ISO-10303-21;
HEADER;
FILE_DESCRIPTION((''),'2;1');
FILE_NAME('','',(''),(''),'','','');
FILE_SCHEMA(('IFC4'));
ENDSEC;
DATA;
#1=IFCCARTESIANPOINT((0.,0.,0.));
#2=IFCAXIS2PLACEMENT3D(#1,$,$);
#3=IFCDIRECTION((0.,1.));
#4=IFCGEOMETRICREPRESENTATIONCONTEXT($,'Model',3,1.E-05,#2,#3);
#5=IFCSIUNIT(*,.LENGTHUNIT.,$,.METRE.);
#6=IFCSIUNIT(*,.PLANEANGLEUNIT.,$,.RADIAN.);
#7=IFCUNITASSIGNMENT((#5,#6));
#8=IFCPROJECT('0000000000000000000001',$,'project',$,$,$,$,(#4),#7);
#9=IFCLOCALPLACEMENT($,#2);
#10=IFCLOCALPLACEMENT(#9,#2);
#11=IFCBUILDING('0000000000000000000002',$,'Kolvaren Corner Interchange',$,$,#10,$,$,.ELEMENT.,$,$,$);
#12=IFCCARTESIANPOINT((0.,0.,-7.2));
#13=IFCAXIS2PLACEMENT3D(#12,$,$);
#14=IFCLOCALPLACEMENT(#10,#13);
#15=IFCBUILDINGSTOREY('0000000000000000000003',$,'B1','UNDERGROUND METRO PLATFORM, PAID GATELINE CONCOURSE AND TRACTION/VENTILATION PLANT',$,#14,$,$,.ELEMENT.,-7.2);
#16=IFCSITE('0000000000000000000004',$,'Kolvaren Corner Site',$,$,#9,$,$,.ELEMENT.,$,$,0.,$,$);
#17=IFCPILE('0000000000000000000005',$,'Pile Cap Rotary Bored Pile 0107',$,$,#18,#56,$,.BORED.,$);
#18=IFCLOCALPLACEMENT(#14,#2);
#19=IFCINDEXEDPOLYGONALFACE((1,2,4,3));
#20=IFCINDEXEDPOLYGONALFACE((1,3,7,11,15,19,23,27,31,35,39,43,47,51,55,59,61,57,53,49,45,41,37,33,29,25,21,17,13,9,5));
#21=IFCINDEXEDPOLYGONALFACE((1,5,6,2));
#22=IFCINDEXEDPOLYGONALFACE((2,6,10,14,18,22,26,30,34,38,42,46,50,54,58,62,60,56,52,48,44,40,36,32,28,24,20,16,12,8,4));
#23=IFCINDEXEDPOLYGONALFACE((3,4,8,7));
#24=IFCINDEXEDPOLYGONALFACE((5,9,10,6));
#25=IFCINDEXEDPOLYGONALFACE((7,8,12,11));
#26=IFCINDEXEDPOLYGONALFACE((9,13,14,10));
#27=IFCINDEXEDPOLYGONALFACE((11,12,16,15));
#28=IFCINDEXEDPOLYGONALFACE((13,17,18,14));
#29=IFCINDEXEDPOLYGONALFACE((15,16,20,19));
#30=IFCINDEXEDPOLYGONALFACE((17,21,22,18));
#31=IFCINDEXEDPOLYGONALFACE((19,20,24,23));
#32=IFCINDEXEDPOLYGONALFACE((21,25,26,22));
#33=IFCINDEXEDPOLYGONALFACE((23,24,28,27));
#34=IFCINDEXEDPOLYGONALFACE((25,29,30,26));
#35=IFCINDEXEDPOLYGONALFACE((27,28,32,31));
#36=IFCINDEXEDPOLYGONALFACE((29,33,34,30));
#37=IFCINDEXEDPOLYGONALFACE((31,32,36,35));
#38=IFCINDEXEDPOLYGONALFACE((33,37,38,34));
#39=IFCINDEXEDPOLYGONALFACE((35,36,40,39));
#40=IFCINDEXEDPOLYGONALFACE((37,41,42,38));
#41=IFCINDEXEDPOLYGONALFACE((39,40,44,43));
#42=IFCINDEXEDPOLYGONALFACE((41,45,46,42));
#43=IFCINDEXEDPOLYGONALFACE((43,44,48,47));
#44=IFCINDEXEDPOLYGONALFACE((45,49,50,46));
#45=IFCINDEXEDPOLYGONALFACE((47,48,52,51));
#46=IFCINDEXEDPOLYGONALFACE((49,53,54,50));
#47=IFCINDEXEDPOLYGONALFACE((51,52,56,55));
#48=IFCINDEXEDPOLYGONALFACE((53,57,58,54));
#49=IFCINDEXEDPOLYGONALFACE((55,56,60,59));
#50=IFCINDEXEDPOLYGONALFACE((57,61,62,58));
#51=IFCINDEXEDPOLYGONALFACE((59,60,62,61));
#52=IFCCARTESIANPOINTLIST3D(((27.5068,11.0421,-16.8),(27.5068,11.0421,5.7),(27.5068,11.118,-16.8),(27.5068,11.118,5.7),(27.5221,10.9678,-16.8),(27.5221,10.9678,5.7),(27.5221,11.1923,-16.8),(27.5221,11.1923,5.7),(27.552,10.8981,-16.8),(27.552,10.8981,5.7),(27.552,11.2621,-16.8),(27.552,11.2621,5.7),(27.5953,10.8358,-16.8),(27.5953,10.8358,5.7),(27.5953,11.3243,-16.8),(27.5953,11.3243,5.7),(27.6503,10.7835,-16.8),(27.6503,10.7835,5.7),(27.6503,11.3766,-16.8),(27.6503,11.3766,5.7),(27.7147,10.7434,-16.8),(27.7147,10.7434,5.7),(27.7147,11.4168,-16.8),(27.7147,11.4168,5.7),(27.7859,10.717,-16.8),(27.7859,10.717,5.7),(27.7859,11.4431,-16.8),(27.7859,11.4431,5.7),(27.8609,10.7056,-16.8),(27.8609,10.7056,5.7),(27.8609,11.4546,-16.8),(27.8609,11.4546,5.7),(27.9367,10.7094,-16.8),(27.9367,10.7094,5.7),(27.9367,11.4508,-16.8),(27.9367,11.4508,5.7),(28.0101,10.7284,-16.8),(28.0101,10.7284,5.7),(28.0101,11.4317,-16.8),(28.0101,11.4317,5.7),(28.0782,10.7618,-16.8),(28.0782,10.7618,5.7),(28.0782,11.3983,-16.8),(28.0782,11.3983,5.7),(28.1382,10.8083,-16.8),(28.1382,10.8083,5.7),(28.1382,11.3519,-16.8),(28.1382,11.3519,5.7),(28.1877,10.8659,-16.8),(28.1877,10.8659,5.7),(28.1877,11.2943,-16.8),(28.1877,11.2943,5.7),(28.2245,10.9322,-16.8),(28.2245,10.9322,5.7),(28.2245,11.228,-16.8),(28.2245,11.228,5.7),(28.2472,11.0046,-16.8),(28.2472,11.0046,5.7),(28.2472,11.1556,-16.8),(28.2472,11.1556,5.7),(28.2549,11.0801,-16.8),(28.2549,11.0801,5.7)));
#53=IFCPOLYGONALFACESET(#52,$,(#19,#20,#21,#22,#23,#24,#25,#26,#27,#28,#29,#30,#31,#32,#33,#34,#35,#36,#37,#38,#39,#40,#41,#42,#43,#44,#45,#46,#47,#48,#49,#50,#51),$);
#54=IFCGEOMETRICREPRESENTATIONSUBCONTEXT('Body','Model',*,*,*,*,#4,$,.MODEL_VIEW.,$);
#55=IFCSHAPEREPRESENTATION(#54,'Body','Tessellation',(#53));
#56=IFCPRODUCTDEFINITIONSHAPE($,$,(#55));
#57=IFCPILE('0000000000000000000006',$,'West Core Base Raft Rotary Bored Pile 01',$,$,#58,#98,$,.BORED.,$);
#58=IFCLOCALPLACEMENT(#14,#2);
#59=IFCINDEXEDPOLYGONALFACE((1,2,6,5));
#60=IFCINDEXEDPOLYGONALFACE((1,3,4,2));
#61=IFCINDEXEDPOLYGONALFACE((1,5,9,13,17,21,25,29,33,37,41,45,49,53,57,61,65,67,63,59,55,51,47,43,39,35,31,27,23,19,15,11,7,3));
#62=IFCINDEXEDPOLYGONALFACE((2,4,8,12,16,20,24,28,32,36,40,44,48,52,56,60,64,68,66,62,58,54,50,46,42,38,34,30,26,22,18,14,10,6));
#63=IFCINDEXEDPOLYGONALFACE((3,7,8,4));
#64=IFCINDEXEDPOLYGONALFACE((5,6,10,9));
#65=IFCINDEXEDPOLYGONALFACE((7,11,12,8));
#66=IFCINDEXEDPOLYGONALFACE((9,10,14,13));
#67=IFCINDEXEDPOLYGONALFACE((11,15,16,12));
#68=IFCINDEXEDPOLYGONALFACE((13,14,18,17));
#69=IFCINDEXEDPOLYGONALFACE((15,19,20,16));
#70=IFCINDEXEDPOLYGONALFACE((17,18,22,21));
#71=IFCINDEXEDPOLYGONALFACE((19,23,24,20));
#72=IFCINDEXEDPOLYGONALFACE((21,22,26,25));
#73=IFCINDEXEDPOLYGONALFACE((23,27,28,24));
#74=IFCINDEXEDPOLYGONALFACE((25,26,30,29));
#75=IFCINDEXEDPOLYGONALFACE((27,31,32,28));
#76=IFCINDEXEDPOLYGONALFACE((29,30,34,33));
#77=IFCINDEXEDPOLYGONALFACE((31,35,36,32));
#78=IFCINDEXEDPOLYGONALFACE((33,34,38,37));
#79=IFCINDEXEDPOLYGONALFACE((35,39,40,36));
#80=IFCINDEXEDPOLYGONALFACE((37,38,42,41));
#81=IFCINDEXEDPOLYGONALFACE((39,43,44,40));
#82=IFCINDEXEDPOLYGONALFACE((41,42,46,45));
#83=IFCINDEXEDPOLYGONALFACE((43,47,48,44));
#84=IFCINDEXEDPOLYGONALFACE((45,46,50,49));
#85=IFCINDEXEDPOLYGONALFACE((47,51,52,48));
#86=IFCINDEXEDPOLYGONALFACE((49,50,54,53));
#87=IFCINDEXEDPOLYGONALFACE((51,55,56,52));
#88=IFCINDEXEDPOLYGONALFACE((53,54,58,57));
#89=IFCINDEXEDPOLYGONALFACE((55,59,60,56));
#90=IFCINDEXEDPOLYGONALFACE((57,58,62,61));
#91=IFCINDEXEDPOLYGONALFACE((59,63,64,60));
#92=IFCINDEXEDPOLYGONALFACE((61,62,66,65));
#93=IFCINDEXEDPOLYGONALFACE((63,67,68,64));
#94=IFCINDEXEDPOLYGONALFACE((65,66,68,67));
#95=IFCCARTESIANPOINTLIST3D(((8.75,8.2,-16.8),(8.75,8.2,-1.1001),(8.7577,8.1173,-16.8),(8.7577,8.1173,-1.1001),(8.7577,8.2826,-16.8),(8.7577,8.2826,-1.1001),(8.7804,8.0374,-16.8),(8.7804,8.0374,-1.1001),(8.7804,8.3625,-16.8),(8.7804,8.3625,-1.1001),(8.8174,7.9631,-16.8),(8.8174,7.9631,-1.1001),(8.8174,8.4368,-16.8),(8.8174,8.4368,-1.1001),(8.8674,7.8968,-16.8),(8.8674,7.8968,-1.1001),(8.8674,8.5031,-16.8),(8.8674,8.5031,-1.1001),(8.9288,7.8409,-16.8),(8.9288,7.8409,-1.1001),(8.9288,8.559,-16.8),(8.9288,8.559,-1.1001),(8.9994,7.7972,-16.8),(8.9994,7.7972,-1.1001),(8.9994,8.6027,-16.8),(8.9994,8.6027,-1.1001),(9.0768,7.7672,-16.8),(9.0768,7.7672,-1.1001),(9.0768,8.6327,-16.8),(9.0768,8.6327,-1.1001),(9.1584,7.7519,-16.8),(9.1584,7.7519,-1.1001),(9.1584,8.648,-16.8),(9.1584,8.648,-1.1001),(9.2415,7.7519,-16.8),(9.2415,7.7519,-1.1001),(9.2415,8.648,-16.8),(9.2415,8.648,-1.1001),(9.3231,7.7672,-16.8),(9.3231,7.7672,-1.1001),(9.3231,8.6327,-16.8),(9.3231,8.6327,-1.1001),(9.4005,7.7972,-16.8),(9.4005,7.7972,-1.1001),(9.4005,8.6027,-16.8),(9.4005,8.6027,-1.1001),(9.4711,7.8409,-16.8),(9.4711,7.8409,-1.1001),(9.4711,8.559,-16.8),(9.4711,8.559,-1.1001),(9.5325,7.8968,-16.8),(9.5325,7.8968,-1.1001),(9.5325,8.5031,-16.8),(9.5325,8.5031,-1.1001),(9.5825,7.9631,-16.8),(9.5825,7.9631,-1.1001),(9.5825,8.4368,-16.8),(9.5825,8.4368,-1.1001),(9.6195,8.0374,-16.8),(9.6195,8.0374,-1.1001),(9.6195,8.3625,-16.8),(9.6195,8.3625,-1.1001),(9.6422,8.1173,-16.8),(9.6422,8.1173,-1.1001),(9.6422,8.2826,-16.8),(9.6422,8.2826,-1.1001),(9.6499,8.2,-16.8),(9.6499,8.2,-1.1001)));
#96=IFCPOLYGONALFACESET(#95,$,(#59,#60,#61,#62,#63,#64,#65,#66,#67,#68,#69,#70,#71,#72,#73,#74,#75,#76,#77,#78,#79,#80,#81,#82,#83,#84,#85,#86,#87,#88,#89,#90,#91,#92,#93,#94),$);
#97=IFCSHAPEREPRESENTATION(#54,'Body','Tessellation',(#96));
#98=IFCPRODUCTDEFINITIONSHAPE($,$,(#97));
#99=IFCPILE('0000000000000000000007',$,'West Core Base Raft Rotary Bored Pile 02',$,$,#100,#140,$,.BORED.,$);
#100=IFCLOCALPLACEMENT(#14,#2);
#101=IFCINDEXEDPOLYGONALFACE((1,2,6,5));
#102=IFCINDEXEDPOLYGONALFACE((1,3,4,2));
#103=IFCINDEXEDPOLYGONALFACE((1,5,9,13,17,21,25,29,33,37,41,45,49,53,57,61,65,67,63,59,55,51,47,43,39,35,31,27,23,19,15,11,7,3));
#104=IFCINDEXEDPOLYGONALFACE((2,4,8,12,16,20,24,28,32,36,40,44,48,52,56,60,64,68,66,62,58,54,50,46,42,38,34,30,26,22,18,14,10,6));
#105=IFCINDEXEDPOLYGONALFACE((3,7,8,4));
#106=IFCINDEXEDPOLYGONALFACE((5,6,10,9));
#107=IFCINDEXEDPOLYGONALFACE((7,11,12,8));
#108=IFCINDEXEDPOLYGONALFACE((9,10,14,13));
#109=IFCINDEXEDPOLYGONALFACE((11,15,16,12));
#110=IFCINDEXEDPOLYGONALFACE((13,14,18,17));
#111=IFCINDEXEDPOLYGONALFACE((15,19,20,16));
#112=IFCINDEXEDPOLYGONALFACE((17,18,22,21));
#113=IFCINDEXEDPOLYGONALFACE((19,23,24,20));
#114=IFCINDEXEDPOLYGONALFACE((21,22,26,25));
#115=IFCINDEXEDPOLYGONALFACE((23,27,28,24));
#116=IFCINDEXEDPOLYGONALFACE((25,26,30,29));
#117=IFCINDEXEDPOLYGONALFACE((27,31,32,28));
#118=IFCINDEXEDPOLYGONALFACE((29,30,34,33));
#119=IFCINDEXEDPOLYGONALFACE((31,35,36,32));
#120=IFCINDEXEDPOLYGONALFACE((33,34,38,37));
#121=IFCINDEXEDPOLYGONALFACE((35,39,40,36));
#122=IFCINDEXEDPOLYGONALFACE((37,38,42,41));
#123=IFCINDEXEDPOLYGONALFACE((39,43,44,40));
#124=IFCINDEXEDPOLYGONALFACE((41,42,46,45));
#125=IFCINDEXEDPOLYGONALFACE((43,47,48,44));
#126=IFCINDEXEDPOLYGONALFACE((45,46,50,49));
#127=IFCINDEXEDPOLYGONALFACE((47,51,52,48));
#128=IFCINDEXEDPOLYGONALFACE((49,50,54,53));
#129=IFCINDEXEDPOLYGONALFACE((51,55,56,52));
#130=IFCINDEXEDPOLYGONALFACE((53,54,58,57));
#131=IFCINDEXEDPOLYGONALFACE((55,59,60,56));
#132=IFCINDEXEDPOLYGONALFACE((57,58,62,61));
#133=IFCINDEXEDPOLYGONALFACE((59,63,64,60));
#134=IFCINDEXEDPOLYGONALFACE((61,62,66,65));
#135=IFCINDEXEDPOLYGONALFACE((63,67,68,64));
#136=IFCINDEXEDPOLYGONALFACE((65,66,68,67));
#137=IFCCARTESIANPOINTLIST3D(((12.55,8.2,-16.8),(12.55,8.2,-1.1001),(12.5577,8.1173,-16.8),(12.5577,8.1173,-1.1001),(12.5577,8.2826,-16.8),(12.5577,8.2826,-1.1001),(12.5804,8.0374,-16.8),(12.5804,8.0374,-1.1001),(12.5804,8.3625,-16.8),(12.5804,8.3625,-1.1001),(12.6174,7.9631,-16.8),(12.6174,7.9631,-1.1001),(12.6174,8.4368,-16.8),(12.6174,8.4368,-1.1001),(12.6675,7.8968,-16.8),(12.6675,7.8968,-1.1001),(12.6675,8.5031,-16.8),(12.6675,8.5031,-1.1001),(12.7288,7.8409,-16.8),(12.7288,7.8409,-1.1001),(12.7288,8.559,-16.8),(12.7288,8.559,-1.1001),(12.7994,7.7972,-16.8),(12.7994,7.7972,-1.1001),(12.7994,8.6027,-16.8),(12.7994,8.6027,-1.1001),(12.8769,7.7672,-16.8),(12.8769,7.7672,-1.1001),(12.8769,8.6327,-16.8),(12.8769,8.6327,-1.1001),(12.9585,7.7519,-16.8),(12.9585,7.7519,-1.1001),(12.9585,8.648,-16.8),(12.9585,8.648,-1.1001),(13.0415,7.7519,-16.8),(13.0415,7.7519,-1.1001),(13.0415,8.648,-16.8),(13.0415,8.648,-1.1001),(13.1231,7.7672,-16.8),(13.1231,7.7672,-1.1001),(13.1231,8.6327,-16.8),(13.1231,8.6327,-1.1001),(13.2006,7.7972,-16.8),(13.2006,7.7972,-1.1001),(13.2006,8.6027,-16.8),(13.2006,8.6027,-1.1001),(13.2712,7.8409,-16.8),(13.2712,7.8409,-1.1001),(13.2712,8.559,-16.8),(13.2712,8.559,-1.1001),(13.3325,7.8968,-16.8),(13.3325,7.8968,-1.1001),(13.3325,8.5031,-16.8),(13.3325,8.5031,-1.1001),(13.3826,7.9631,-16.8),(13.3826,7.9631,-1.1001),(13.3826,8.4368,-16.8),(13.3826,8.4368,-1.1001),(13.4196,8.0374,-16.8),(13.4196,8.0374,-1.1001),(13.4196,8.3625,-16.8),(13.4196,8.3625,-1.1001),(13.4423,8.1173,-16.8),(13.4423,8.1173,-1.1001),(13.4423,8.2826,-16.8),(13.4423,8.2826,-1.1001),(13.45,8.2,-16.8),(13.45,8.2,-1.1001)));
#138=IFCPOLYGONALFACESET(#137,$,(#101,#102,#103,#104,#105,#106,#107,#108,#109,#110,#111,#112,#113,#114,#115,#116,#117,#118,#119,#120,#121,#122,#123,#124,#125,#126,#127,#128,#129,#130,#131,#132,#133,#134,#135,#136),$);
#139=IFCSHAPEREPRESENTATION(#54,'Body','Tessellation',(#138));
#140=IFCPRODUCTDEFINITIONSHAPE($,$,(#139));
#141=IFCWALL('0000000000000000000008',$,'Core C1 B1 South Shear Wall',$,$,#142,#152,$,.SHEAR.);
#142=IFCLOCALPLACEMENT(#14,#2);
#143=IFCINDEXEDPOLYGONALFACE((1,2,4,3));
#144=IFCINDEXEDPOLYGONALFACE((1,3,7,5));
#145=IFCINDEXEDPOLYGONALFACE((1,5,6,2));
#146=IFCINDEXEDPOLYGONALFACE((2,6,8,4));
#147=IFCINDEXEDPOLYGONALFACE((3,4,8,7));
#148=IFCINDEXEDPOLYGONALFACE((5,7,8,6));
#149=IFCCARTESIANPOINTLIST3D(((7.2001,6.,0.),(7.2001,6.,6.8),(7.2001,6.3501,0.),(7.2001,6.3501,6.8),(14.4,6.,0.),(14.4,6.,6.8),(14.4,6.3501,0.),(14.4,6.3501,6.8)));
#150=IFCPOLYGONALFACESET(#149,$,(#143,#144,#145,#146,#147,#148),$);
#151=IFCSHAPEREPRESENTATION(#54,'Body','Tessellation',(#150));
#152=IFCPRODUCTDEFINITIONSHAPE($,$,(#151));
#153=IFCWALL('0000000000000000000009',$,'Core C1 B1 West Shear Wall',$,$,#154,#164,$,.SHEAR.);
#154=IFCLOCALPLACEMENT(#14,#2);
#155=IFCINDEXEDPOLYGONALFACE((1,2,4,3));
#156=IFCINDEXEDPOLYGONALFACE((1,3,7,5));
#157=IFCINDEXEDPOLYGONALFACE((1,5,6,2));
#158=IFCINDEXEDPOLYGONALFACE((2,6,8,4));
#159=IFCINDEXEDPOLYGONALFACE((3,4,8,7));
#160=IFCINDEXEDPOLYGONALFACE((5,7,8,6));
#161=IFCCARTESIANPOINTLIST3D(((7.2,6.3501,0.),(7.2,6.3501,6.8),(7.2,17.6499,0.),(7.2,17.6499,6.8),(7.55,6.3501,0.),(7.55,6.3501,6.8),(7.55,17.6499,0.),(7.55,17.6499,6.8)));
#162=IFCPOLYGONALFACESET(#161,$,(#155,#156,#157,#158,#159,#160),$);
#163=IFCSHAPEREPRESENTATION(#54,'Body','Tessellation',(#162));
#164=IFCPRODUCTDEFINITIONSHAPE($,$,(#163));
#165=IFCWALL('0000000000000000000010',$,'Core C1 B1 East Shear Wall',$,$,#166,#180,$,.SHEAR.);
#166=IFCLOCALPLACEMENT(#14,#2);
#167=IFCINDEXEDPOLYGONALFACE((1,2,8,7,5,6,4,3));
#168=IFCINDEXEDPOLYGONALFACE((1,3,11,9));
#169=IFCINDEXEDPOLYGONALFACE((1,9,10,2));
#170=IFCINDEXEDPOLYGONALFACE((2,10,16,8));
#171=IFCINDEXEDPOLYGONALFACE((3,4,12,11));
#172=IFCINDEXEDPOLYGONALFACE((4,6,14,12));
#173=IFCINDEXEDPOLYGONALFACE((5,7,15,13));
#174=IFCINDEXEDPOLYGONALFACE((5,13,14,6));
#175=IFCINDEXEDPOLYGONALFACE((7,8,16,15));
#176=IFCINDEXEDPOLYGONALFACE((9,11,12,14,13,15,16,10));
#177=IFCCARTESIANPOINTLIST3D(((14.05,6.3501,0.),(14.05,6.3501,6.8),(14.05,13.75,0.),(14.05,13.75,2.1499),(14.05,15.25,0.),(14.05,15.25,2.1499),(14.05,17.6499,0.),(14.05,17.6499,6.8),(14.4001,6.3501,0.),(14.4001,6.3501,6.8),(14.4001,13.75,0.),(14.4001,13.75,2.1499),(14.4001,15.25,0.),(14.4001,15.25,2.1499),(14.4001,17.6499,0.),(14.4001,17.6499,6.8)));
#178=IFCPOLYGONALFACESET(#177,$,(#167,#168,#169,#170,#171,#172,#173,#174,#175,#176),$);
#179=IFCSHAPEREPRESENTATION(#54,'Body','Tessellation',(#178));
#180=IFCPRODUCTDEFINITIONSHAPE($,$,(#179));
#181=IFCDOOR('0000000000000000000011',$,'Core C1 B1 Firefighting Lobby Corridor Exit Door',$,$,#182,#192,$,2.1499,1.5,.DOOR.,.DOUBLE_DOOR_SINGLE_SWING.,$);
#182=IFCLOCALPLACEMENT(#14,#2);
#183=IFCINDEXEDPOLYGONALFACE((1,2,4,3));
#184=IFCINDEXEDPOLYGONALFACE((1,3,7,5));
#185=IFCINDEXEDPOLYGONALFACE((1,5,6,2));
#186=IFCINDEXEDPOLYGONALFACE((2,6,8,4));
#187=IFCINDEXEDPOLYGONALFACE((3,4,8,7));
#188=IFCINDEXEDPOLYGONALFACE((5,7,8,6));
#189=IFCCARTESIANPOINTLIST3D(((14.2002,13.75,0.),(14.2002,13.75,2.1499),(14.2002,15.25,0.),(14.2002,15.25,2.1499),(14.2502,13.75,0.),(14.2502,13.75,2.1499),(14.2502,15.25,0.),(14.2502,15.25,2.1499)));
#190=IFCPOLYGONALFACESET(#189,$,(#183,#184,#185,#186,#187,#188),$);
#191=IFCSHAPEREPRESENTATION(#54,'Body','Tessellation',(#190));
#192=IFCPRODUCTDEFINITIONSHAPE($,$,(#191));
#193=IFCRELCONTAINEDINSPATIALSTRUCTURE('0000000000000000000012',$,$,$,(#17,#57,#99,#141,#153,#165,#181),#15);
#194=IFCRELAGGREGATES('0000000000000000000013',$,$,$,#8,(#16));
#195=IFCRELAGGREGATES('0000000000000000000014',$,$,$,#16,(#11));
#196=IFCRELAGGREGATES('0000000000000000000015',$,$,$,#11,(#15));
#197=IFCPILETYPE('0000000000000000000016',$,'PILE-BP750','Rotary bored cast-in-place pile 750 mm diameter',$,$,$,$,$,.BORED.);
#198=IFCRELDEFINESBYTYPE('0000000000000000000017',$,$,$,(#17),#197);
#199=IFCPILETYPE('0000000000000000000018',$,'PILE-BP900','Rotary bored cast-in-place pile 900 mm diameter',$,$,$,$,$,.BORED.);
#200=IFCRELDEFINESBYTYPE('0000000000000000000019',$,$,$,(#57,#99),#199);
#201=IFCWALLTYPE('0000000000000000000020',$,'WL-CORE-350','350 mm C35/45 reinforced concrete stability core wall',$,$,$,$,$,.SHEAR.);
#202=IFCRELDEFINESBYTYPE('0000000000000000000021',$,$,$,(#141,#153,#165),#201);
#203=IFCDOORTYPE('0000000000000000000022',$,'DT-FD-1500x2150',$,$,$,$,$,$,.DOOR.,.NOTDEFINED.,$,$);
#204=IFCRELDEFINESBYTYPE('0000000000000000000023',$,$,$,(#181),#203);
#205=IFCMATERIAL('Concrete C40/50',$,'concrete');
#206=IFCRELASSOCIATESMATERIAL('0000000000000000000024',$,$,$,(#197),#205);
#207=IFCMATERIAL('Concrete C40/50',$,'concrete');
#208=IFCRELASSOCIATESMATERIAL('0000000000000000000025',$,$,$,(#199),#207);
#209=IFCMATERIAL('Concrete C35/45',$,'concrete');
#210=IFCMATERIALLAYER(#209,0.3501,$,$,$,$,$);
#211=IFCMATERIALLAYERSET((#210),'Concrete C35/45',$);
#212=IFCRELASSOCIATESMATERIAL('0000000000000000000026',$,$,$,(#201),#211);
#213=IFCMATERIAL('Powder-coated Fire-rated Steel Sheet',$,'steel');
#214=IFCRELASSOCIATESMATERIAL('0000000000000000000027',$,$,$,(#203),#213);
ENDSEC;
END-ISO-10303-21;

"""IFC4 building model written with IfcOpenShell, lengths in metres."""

from ifc_helpers import new_model, si_unit, direction, frame, frame_2d, origin, origin_2d, place, context, subcontext, project, spatial, rectangle, circle, extrude, material, layer, layer_set, material_profile, profile_set, type_object, element, fill, save


model = new_model("IFC4")

# Units and contexts
model_context = context("Model", 3, precision=1e-05, world=origin(), true_north=direction((0.0, 1.0)))
body_context = subcontext(model_context, "Body", "Model", "MODEL_VIEW")
ifc_project = project(units=[si_unit("LENGTHUNIT", "METRE"), si_unit("PLANEANGLEUNIT", "RADIAN")], contexts=[model_context])

# Site, building, storey
site_placement = place(None, origin())
site = spatial("IfcSite", under=ifc_project, at=site_placement, Name="Kolvaren Corner Site", CompositionType="ELEMENT", RefElevation=0.0)
building_placement = place(site_placement, origin())
building = spatial("IfcBuilding", under=site, at=building_placement, Name="Kolvaren Corner Interchange", CompositionType="ELEMENT")
storey_placement = place(building_placement, frame((0.0, 0.0, -7.2)))
storey = spatial("IfcBuildingStorey", under=building, at=storey_placement, Name="B1", Description="UNDERGROUND METRO PLATFORM, PAID GATELINE CONCOURSE AND TRACTION/VENTILATION PLANT", CompositionType="ELEMENT", Elevation=-7.2)

# Piles
ifc_material_1 = material(Name="Concrete C40/50", Category="concrete")
ifc_material_profile_1 = material_profile(ifc_material_1, circle(Radius=0.375, at=origin_2d()), Name="BORED PILE 750")
ifc_profile_set_1 = profile_set([ifc_material_profile_1], Name="Concrete C40/50")
pile_type_1 = type_object("IfcPileType", Name="PILE-BP750", Description="Rotary bored cast-in-place pile 750 mm diameter", PredefinedType="BORED", material=ifc_profile_set_1)
for number, where, z_axis, x_axis, name in (
    (1, (27.8799, 11.0801, 5.7), (0.0, 0.0, -1.0), (1.0, 0.0, 0.0), "Pile Cap Rotary Bored Pile 0107"),
):
    element("IfcPile", number, at=place(storey_placement, frame(where, z_axis=z_axis, x_axis=x_axis)), inside=storey, type_object=pile_type_1, Name=name, PredefinedType="BORED", context=body_context, shape_type="SweptSolid", body=[
        extrude(circle(Radius=0.375, at=origin_2d()), origin(), (0.0, 0.0, 1.0), 22.5),
    ])
ifc_material_2 = material(Name="Concrete C40/50", Category="concrete")
ifc_material_profile_2 = material_profile(ifc_material_2, circle(Radius=0.45, at=origin_2d()), Name="BORED PILE 900")
ifc_profile_set_2 = profile_set([ifc_material_profile_2], Name="Concrete C40/50")
pile_type_2 = type_object("IfcPileType", Name="PILE-BP900", Description="Rotary bored cast-in-place pile 900 mm diameter", PredefinedType="BORED", material=ifc_profile_set_2)
for number, where, z_axis, x_axis, name in (
    (2, (9.2, 8.2, -1.1001), (0.0, 0.0, -1.0), (1.0, 0.0, 0.0), "West Core Base Raft Rotary Bored Pile 01"),
    (3, (13.0, 8.2, -1.1001), (0.0, 0.0, -1.0), (1.0, 0.0, 0.0), "West Core Base Raft Rotary Bored Pile 02"),
):
    element("IfcPile", number, at=place(storey_placement, frame(where, z_axis=z_axis, x_axis=x_axis)), inside=storey, type_object=pile_type_2, Name=name, PredefinedType="BORED", context=body_context, shape_type="SweptSolid", body=[
        extrude(circle(Radius=0.45, at=origin_2d()), origin(), (0.0, 0.0, 1.0), 15.7),
    ])

# Walls
ifc_material_3 = material(Name="Concrete C35/45", Category="concrete")
ifc_layer_1 = layer(ifc_material_3, 0.3501)
ifc_layer_set_1 = layer_set([ifc_layer_1], Name="Concrete C35/45")
wall_type_1 = type_object("IfcWallType", Name="WL-CORE-350", Description="350 mm C35/45 reinforced concrete stability core wall", PredefinedType="SHEAR", material=ifc_layer_set_1)
wall_1_placement = place(storey_placement, frame((7.2, 6.175, 0.0), z_axis=(0.0, 0.0, 1.0), x_axis=(1.0, 0.0, 0.0)))
element("IfcWall", 4, at=wall_1_placement, inside=storey, type_object=wall_type_1, Name="Core C1 B1 South Shear Wall", PredefinedType="SHEAR", context=body_context, shape_type="SweptSolid", body=[
    extrude(rectangle(XDim=7.2, YDim=0.3501, at=frame_2d((3.6001, 0.0))), origin(), (0.0, 0.0, 1.0), 6.8),
])
wall_2_placement = place(storey_placement, frame((7.375, 6.3501, 0.0), z_axis=(0.0, 0.0, 1.0), x_axis=(0.0, 1.0, 0.0)))
element("IfcWall", 5, at=wall_2_placement, inside=storey, type_object=wall_type_1, Name="Core C1 B1 West Shear Wall", PredefinedType="SHEAR", context=body_context, shape_type="SweptSolid", body=[
    extrude(rectangle(XDim=11.2998, YDim=0.3501, at=frame_2d((5.6499, 0.0))), origin(), (0.0, 0.0, 1.0), 6.8),
])

# Wall, opening, door
wall_3_placement = place(storey_placement, frame((14.2251, 6.3501, 0.0), z_axis=(0.0, 0.0, 1.0), x_axis=(0.0, 1.0, 0.0)))
wall_3 = element("IfcWall", 6, at=wall_3_placement, inside=storey, type_object=wall_type_1, Name="Core C1 B1 East Shear Wall", PredefinedType="SHEAR", context=body_context, shape_type="SweptSolid", body=[
    extrude(rectangle(XDim=11.2998, YDim=0.3501, at=frame_2d((5.6499, 0.0))), origin(), (0.0, 0.0, 1.0), 6.8),
])
opening_1_placement = place(wall_3_placement, frame((7.3999, 0.0, 0.0)))
opening_1 = element("IfcOpeningElement", 7, at=opening_1_placement, cuts=wall_3, PredefinedType="OPENING", context=body_context, shape_type="SweptSolid", body=[
    extrude(rectangle(XDim=1.5, YDim=2.1499, at=frame_2d((0.75, 1.075))), frame((0.0, 0.1851, 0.0), z_axis=(0.0, -1.0, 0.0), x_axis=(1.0, 0.0, 0.0)), (0.0, 0.0, 1.0), 0.3701),
])
ifc_material_4 = material(Name="Powder-coated Fire-rated Steel Sheet", Category="steel")
door_type_1 = type_object("IfcDoorType", Name="DT-FD-1500x2150", OperationType="NOTDEFINED", PredefinedType="DOOR", material=ifc_material_4)
door_1_placement = place(opening_1_placement, origin())
door_1 = element("IfcDoor", 8, at=door_1_placement, inside=storey, type_object=door_type_1, Name="Core C1 B1 Firefighting Lobby Corridor Exit Door", OperationType="DOUBLE_DOOR_SINGLE_SWING", OverallHeight=2.1499, OverallWidth=1.5, PredefinedType="DOOR", context=body_context, shape_type="SweptSolid", body=[
    extrude(rectangle(XDim=1.5, YDim=2.1499, at=frame_2d((0.75, 1.075))), frame((0.0, 0.0249, 0.0), z_axis=(0.0, -1.0, 0.0), x_axis=(1.0, 0.0, 0.0)), (0.0, 0.0, 1.0), 0.05),
])
fill(opening_1, door_1)

save(model, "model.ifc")
